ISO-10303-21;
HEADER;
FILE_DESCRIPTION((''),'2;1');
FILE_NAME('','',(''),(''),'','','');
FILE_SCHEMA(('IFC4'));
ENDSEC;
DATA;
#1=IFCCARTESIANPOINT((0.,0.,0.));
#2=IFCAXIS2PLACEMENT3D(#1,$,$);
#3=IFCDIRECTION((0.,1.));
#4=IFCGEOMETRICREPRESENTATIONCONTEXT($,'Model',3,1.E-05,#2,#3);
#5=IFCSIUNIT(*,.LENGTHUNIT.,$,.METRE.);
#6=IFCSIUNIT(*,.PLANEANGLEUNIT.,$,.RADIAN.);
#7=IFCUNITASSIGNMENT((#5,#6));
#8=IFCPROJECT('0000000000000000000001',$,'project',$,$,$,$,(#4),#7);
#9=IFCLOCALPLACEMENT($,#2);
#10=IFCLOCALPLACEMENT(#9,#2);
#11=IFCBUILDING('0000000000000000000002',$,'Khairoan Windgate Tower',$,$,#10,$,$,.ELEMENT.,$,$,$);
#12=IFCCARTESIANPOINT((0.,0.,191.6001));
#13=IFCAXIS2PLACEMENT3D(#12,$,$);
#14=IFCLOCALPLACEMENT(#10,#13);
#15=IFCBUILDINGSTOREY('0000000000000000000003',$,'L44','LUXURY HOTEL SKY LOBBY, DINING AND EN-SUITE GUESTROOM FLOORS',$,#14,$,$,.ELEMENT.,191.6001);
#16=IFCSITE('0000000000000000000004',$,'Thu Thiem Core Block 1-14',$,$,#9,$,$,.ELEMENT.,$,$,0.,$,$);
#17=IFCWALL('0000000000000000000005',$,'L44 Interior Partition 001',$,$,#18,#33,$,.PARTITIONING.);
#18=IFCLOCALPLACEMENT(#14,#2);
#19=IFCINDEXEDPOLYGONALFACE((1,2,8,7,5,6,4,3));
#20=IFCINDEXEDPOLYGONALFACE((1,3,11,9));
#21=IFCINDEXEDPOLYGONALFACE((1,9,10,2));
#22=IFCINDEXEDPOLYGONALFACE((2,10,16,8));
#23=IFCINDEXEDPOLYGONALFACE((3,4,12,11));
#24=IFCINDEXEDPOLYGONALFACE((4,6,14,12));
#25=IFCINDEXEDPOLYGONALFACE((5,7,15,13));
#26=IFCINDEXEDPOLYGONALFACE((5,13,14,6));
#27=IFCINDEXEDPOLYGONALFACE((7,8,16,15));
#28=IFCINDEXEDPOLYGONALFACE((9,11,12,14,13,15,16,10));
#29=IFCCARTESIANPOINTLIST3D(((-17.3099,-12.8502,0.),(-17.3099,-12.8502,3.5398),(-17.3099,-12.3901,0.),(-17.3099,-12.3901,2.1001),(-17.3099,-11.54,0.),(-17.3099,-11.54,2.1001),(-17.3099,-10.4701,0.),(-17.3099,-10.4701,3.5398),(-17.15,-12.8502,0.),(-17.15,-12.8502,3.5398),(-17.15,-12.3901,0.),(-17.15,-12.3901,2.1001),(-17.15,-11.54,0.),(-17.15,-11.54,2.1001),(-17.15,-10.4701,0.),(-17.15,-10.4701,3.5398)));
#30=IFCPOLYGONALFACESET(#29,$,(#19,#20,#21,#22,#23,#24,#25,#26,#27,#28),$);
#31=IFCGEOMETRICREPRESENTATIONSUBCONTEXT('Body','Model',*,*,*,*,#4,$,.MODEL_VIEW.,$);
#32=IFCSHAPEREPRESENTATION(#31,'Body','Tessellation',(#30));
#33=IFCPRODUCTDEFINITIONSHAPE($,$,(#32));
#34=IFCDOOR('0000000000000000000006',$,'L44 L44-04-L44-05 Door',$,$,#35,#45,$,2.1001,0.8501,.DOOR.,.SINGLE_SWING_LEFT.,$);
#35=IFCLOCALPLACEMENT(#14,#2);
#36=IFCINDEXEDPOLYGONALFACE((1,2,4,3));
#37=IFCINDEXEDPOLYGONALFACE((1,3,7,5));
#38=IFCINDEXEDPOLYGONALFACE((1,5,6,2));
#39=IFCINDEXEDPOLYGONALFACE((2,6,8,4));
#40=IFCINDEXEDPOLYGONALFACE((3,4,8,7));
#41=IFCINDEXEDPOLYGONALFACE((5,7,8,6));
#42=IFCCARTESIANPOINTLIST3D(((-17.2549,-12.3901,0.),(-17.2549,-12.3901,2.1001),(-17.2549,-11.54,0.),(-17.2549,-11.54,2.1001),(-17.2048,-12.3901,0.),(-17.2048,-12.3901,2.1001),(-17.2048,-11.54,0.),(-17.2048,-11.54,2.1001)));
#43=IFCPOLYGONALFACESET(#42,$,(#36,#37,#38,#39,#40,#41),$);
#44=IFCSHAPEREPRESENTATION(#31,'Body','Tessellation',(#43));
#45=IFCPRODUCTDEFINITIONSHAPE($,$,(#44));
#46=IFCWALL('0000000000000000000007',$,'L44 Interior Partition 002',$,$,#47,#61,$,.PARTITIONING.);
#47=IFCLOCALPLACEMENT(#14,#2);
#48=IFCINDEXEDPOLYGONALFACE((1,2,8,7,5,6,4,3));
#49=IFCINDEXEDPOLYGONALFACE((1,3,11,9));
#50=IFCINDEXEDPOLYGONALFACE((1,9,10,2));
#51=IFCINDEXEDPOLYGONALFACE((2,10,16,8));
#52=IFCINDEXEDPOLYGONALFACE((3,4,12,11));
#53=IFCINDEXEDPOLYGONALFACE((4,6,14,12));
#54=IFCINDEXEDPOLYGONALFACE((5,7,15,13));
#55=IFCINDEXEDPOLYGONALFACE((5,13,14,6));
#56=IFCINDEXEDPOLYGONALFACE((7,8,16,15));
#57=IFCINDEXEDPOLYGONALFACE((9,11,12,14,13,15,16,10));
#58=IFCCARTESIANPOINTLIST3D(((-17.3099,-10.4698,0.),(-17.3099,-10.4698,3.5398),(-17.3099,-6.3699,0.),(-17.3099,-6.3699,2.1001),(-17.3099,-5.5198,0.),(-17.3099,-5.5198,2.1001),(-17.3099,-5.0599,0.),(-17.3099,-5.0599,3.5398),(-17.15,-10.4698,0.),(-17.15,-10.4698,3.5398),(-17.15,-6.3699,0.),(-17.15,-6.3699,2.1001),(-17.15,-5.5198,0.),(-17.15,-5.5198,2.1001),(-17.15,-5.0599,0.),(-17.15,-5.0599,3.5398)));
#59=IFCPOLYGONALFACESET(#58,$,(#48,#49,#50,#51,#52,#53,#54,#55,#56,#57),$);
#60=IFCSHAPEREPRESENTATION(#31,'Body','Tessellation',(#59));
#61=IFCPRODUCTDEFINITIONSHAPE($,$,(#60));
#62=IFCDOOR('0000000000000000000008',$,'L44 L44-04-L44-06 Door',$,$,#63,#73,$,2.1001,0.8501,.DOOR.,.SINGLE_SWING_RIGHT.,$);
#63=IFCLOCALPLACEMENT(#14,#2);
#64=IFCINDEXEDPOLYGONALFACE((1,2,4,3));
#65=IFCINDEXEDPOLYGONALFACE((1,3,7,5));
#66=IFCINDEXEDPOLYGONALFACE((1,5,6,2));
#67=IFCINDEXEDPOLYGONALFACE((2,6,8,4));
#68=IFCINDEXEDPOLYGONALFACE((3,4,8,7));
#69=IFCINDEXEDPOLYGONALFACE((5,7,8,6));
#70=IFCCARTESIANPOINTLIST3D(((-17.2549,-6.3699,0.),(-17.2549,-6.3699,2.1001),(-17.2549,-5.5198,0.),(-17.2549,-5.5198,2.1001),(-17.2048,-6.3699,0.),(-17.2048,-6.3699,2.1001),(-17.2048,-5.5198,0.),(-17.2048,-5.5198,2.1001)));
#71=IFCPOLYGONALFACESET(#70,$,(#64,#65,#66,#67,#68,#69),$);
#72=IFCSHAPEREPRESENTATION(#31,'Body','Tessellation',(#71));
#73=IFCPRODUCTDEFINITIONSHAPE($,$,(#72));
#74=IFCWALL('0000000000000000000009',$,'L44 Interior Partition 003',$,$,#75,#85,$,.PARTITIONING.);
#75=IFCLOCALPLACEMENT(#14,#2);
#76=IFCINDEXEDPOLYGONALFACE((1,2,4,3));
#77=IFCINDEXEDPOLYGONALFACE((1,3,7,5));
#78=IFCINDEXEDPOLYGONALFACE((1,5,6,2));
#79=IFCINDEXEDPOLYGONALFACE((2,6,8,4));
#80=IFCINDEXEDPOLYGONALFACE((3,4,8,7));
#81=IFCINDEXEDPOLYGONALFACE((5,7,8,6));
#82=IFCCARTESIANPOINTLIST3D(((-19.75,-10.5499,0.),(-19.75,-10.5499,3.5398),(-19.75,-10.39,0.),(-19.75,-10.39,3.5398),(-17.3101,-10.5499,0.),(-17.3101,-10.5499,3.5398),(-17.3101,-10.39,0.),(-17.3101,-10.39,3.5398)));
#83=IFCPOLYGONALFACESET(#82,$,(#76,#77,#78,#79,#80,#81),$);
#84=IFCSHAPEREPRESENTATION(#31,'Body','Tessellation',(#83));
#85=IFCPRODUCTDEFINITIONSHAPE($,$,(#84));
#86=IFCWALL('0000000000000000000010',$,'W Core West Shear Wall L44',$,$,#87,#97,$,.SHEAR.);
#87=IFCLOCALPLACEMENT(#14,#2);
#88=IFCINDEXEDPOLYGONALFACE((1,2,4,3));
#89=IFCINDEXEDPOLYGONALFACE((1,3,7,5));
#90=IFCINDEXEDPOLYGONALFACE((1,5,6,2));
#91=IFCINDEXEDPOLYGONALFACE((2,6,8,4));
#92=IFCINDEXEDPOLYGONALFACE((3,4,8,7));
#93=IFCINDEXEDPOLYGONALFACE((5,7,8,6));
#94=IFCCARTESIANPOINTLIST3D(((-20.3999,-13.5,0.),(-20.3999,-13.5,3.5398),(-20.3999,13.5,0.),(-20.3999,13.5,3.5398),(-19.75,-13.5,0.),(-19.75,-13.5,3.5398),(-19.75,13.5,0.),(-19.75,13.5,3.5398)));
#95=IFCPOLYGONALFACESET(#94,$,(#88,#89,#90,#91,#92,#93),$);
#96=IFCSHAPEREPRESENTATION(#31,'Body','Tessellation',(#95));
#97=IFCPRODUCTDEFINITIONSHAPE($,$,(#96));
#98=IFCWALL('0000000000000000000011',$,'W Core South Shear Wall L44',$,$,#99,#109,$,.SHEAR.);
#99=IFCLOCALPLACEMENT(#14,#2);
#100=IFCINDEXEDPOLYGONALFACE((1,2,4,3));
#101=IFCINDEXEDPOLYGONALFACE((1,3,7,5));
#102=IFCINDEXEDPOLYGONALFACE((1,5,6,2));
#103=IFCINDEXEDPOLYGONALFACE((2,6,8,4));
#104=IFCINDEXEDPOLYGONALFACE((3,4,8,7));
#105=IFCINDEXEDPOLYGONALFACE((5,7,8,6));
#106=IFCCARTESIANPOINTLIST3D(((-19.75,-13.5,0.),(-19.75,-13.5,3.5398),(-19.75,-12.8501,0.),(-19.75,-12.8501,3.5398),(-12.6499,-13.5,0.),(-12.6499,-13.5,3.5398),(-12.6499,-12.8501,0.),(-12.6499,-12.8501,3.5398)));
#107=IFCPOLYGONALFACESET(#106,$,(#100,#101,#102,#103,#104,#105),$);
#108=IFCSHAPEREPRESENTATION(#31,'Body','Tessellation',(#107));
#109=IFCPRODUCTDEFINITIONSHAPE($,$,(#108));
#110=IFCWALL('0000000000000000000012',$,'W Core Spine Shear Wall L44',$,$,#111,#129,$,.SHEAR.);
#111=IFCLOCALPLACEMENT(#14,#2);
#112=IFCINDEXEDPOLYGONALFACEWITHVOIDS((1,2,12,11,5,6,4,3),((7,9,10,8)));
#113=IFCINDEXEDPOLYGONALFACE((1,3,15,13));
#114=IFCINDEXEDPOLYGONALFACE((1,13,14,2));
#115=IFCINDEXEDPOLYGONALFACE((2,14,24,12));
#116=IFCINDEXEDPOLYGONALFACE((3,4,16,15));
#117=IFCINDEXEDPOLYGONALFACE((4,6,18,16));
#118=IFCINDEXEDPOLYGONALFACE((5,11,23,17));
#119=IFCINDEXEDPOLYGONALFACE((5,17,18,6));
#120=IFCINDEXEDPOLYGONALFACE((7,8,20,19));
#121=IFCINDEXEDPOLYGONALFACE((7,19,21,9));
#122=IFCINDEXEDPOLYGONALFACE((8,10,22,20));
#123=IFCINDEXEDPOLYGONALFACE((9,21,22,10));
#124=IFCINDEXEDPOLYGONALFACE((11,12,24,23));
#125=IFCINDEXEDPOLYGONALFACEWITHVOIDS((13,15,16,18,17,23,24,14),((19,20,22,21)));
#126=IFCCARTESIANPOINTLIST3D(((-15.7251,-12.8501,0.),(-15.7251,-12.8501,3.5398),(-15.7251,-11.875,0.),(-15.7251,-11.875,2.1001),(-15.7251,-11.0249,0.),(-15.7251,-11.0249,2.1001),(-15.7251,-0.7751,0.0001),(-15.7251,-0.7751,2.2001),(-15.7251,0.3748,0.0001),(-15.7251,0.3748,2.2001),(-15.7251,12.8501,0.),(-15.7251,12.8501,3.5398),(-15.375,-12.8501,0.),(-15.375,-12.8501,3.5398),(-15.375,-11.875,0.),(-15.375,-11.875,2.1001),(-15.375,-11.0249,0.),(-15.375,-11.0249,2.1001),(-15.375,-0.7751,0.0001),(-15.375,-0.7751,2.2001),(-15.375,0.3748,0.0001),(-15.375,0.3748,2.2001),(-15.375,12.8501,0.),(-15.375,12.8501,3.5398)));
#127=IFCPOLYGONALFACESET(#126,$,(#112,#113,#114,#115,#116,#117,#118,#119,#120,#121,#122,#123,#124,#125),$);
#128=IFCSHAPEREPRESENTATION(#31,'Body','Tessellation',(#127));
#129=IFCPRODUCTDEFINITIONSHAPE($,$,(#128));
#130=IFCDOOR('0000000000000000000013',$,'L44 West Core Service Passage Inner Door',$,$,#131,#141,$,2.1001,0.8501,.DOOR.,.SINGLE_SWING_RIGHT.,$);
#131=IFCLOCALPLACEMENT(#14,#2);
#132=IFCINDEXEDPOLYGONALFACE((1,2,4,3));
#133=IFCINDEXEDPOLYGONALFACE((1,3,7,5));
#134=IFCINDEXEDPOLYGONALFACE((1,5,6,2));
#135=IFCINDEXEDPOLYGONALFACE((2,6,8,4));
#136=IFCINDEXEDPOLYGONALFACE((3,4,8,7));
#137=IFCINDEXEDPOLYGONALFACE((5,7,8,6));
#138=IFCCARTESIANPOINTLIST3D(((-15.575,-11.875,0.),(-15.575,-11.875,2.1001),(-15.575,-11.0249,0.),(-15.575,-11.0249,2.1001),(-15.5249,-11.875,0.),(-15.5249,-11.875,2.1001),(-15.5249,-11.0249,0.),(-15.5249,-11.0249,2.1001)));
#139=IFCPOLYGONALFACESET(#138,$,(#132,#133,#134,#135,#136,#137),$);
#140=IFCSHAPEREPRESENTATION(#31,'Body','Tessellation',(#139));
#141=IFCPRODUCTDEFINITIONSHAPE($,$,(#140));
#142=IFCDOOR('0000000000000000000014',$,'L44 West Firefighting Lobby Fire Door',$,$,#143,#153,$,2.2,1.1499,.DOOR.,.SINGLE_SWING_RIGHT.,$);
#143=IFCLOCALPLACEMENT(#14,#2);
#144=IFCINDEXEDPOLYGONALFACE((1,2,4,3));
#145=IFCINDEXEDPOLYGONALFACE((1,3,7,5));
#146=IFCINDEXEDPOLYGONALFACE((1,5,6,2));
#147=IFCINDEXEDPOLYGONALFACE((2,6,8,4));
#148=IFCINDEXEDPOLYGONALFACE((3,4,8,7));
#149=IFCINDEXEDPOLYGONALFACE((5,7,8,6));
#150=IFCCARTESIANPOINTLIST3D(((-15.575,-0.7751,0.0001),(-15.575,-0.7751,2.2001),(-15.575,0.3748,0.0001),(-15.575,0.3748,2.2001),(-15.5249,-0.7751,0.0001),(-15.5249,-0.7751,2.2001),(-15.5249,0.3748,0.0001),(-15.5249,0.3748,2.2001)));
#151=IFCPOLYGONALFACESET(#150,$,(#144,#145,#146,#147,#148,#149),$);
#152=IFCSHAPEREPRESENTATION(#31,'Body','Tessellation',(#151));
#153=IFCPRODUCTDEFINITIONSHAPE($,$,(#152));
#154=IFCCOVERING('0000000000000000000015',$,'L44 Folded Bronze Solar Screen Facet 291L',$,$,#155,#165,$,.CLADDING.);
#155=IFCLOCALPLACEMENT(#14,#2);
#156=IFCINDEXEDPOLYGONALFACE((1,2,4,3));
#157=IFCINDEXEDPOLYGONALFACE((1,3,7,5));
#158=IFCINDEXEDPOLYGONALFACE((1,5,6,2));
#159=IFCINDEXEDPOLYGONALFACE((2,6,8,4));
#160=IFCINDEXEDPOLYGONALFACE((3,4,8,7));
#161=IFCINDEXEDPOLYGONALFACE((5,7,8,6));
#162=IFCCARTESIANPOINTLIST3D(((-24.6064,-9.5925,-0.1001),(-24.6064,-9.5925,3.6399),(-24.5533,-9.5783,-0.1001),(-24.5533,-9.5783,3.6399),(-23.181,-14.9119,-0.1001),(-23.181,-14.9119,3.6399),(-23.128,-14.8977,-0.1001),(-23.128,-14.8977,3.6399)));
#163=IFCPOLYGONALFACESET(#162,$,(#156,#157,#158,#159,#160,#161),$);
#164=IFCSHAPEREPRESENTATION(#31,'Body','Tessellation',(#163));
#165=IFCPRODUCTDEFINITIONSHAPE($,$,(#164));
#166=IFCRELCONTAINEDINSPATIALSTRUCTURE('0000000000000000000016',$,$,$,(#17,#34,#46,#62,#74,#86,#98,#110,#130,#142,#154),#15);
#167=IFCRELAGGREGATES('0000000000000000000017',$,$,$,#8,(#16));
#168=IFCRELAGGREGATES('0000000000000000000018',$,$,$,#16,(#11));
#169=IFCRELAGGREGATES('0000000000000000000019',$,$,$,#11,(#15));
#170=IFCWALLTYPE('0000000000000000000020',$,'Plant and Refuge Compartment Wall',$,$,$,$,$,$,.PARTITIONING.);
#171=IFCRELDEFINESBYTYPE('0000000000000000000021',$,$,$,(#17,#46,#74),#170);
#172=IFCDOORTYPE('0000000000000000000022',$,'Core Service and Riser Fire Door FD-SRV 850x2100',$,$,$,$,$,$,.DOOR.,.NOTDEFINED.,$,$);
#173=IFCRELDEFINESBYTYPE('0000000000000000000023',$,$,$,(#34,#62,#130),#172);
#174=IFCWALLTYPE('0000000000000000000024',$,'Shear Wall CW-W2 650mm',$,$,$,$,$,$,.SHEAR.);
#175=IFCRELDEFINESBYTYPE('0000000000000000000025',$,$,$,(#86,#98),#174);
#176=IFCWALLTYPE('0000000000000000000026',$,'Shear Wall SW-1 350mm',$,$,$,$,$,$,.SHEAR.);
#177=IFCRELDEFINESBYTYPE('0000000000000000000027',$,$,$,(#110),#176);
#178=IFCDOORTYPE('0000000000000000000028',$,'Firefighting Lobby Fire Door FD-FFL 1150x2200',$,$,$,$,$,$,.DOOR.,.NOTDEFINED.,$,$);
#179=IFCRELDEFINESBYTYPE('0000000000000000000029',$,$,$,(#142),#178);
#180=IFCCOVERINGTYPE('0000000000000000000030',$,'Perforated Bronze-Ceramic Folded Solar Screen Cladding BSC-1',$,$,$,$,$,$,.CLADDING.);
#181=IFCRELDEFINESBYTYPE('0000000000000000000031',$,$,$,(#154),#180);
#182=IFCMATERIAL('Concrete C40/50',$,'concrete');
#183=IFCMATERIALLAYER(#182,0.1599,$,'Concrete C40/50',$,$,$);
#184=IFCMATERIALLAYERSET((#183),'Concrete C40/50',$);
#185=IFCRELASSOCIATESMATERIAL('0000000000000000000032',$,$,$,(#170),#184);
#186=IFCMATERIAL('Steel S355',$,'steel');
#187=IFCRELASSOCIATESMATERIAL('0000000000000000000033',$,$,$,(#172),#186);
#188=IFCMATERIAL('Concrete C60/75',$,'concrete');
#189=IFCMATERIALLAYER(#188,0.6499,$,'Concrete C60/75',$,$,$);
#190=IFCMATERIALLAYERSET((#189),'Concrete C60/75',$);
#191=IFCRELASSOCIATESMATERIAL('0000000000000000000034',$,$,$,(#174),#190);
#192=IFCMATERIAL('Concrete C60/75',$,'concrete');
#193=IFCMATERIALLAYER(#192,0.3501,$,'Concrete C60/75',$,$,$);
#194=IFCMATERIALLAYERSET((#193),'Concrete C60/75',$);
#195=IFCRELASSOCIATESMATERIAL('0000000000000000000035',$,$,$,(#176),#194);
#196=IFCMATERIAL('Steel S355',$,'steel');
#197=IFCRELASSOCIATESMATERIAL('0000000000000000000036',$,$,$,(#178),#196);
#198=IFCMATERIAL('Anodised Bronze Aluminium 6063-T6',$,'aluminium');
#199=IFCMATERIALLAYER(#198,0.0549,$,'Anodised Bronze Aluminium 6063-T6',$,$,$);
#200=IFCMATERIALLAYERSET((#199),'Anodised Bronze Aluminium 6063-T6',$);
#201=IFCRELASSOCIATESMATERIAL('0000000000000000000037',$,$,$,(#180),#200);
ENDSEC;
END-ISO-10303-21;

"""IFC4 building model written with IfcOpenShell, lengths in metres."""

from ifc_helpers import new_model, si_unit, direction, frame, frame_2d, origin, origin_2d, place, context, subcontext, project, spatial, rectangle, extrude, material, layer, layer_set, type_object, element, fill, save


model = new_model("IFC4")

# Units and contexts
model_context = context("Model", 3, precision=1e-05, world=origin(), true_north=direction((0.0, 1.0)))
body_context = subcontext(model_context, "Body", "Model", "MODEL_VIEW")
ifc_project = project(units=[si_unit("LENGTHUNIT", "METRE"), si_unit("PLANEANGLEUNIT", "RADIAN")], contexts=[model_context])

# Site, building, storey
site_placement = place(None, origin())
site = spatial("IfcSite", under=ifc_project, at=site_placement, Name="Thu Thiem Core Block 1-14", CompositionType="ELEMENT", RefElevation=0.0)
building_placement = place(site_placement, origin())
building = spatial("IfcBuilding", under=site, at=building_placement, Name="Khairoan Windgate Tower", CompositionType="ELEMENT")
storey_placement = place(building_placement, frame((0.0, 0.0, 191.6001)))
storey = spatial("IfcBuildingStorey", under=building, at=storey_placement, Name="L44", Description="LUXURY HOTEL SKY LOBBY, DINING AND EN-SUITE GUESTROOM FLOORS", CompositionType="ELEMENT", Elevation=191.6001)

# Walls, openings, doors
ifc_material_1 = material(Name="Concrete C40/50", Category="concrete")
ifc_layer_1 = layer(ifc_material_1, 0.1599, Name="Concrete C40/50")
ifc_layer_set_1 = layer_set([ifc_layer_1], Name="Concrete C40/50")
wall_type_1 = type_object("IfcWallType", Name="Plant and Refuge Compartment Wall", PredefinedType="PARTITIONING", material=ifc_layer_set_1)
wall_1_placement = place(storey_placement, frame((-17.23, -12.8501, 0.0), z_axis=(0.0, 0.0, 1.0), x_axis=(0.0, 1.0, 0.0)))
wall_1 = element("IfcWall", 1, at=wall_1_placement, inside=storey, type_object=wall_type_1, Name="L44 Interior Partition 001", PredefinedType="PARTITIONING", context=body_context, shape_type="SweptSolid", body=[
    extrude(rectangle(XDim=2.3801, YDim=0.1599, at=frame_2d((1.1899, 0.0))), origin(), (0.0, 0.0, 1.0), 3.5398),
])
opening_1_placement = place(wall_1_placement, frame((0.46, 0.0, 0.0)))
opening_1 = element("IfcOpeningElement", 2, at=opening_1_placement, cuts=wall_1, PredefinedType="OPENING", context=body_context, shape_type="SweptSolid", body=[
    extrude(rectangle(XDim=0.8501, YDim=2.1001, at=frame_2d((0.425, 1.05))), frame((0.0, 0.0898, 0.0), z_axis=(0.0, -1.0, 0.0), x_axis=(1.0, 0.0, 0.0)), (0.0, 0.0, 1.0), 0.1799),
])
ifc_material_2 = material(Name="Steel S355", Category="steel")
door_type_1 = type_object("IfcDoorType", Name="Core Service and Riser Fire Door FD-SRV 850x2100", OperationType="NOTDEFINED", PredefinedType="DOOR", material=ifc_material_2)
door_1_placement = place(opening_1_placement, origin())
door_1 = element("IfcDoor", 3, at=door_1_placement, inside=storey, type_object=door_type_1, Name="L44 L44-04-L44-05 Door", OperationType="SINGLE_SWING_LEFT", OverallHeight=2.1001, OverallWidth=0.8501, PredefinedType="DOOR", context=body_context, shape_type="SweptSolid", body=[
    extrude(rectangle(XDim=0.8501, YDim=2.1001, at=frame_2d((0.425, 1.05))), frame((0.0, 0.0249, 0.0), z_axis=(0.0, -1.0, 0.0), x_axis=(1.0, 0.0, 0.0)), (0.0, 0.0, 1.0), 0.05),
])
fill(opening_1, door_1)
wall_2_placement = place(storey_placement, frame((-17.23, -10.47, 0.0), z_axis=(0.0, 0.0, 1.0), x_axis=(0.0, 1.0, 0.0)))
wall_2 = element("IfcWall", 4, at=wall_2_placement, inside=storey, type_object=wall_type_1, Name="L44 Interior Partition 002", PredefinedType="PARTITIONING", context=body_context, shape_type="SweptSolid", body=[
    extrude(rectangle(XDim=5.4099, YDim=0.1599, at=frame_2d((2.7051, 0.0))), origin(), (0.0, 0.0, 1.0), 3.5398),
])
opening_2_placement = place(wall_2_placement, frame((4.1001, 0.0, 0.0)))
opening_2 = element("IfcOpeningElement", 5, at=opening_2_placement, cuts=wall_2, PredefinedType="OPENING", context=body_context, shape_type="SweptSolid", body=[
    extrude(rectangle(XDim=0.8501, YDim=2.1001, at=frame_2d((0.425, 1.05))), frame((0.0, 0.0898, 0.0), z_axis=(0.0, -1.0, 0.0), x_axis=(1.0, 0.0, 0.0)), (0.0, 0.0, 1.0), 0.1799),
])
door_2_placement = place(opening_2_placement, origin())
door_2 = element("IfcDoor", 6, at=door_2_placement, inside=storey, type_object=door_type_1, Name="L44 L44-04-L44-06 Door", OperationType="SINGLE_SWING_RIGHT", OverallHeight=2.1001, OverallWidth=0.8501, PredefinedType="DOOR", context=body_context, shape_type="SweptSolid", body=[
    extrude(rectangle(XDim=0.8501, YDim=2.1001, at=frame_2d((0.425, 1.05))), frame((0.0, 0.0249, 0.0), z_axis=(0.0, -1.0, 0.0), x_axis=(1.0, 0.0, 0.0)), (0.0, 0.0, 1.0), 0.05),
])
fill(opening_2, door_2)

# Walls
wall_3_placement = place(storey_placement, frame((-19.75, -10.47, 0.0), z_axis=(0.0, 0.0, 1.0), x_axis=(1.0, 0.0, 0.0)))
element("IfcWall", 7, at=wall_3_placement, inside=storey, type_object=wall_type_1, Name="L44 Interior Partition 003", PredefinedType="PARTITIONING", context=body_context, shape_type="SweptSolid", body=[
    extrude(rectangle(XDim=2.4399, YDim=0.1599, at=frame_2d((1.22, 0.0))), origin(), (0.0, 0.0, 1.0), 3.5398),
])
ifc_material_3 = material(Name="Concrete C60/75", Category="concrete")
ifc_layer_2 = layer(ifc_material_3, 0.6499, Name="Concrete C60/75")
ifc_layer_set_2 = layer_set([ifc_layer_2], Name="Concrete C60/75")
wall_type_2 = type_object("IfcWallType", Name="Shear Wall CW-W2 650mm", PredefinedType="SHEAR", material=ifc_layer_set_2)
wall_4_placement = place(storey_placement, frame((-20.075, -13.5, 0.0), z_axis=(0.0, 0.0, 1.0), x_axis=(0.0, 1.0, 0.0)))
element("IfcWall", 8, at=wall_4_placement, inside=storey, type_object=wall_type_2, Name="W Core West Shear Wall L44", PredefinedType="SHEAR", context=body_context, shape_type="SweptSolid", body=[
    extrude(rectangle(XDim=27.0, YDim=0.6499, at=frame_2d((13.5, 0.0))), origin(), (0.0, 0.0, 1.0), 3.5398),
])
wall_5_placement = place(storey_placement, frame((-19.75, -13.175, 0.0), z_axis=(0.0, 0.0, 1.0), x_axis=(1.0, 0.0, 0.0)))
element("IfcWall", 9, at=wall_5_placement, inside=storey, type_object=wall_type_2, Name="W Core South Shear Wall L44", PredefinedType="SHEAR", context=body_context, shape_type="SweptSolid", body=[
    extrude(rectangle(XDim=7.1001, YDim=0.6499, at=frame_2d((3.55, 0.0))), origin(), (0.0, 0.0, 1.0), 3.5398),
])

# Wall, openings, doors
ifc_material_4 = material(Name="Concrete C60/75", Category="concrete")
ifc_layer_3 = layer(ifc_material_4, 0.3501, Name="Concrete C60/75")
ifc_layer_set_3 = layer_set([ifc_layer_3], Name="Concrete C60/75")
wall_type_3 = type_object("IfcWallType", Name="Shear Wall SW-1 350mm", PredefinedType="SHEAR", material=ifc_layer_set_3)
wall_6_placement = place(storey_placement, frame((-15.55, -12.8501, 0.0), z_axis=(0.0, 0.0, 1.0), x_axis=(0.0, 1.0, 0.0)))
wall_6 = element("IfcWall", 10, at=wall_6_placement, inside=storey, type_object=wall_type_3, Name="W Core Spine Shear Wall L44", PredefinedType="SHEAR", context=body_context, shape_type="SweptSolid", body=[
    extrude(rectangle(XDim=25.7002, YDim=0.3501, at=frame_2d((12.8501, 0.0))), origin(), (0.0, 0.0, 1.0), 3.5398),
])
opening_3_placement = place(wall_6_placement, frame((12.075, 0.0, 0.0)))
opening_3 = element("IfcOpeningElement", 11, at=opening_3_placement, cuts=wall_6, PredefinedType="OPENING", context=body_context, shape_type="SweptSolid", body=[
    extrude(rectangle(XDim=1.1499, YDim=2.2, at=frame_2d((0.575, 1.1001))), frame((0.0, 0.1851, 0.0), z_axis=(0.0, -1.0, 0.0), x_axis=(1.0, 0.0, 0.0)), (0.0, 0.0, 1.0), 0.3701),
])
opening_4_placement = place(wall_6_placement, frame((0.9751, 0.0, 0.0)))
opening_4 = element("IfcOpeningElement", 12, at=opening_4_placement, cuts=wall_6, PredefinedType="OPENING", context=body_context, shape_type="SweptSolid", body=[
    extrude(rectangle(XDim=0.8501, YDim=2.1001, at=frame_2d((0.425, 1.05))), frame((0.0, 0.1851, 0.0), z_axis=(0.0, -1.0, 0.0), x_axis=(1.0, 0.0, 0.0)), (0.0, 0.0, 1.0), 0.3701),
])
door_3_placement = place(opening_4_placement, origin())
door_3 = element("IfcDoor", 13, at=door_3_placement, inside=storey, type_object=door_type_1, Name="L44 West Core Service Passage Inner Door", OperationType="SINGLE_SWING_RIGHT", OverallHeight=2.1001, OverallWidth=0.8501, PredefinedType="DOOR", context=body_context, shape_type="SweptSolid", body=[
    extrude(rectangle(XDim=0.8501, YDim=2.1001, at=frame_2d((0.425, 1.05))), frame((0.0, 0.0249, 0.0), z_axis=(0.0, -1.0, 0.0), x_axis=(1.0, 0.0, 0.0)), (0.0, 0.0, 1.0), 0.05),
])
fill(opening_4, door_3)
ifc_material_5 = material(Name="Steel S355", Category="steel")
door_type_2 = type_object("IfcDoorType", Name="Firefighting Lobby Fire Door FD-FFL 1150x2200", OperationType="NOTDEFINED", PredefinedType="DOOR", material=ifc_material_5)
door_4_placement = place(opening_3_placement, origin())
door_4 = element("IfcDoor", 14, at=door_4_placement, inside=storey, type_object=door_type_2, Name="L44 West Firefighting Lobby Fire Door", OperationType="SINGLE_SWING_RIGHT", OverallHeight=2.2, OverallWidth=1.1499, PredefinedType="DOOR", context=body_context, shape_type="SweptSolid", body=[
    extrude(rectangle(XDim=1.1499, YDim=2.2, at=frame_2d((0.575, 1.1001))), frame((0.0, 0.0249, 0.0), z_axis=(0.0, -1.0, 0.0), x_axis=(1.0, 0.0, 0.0)), (0.0, 0.0, 1.0), 0.05),
])
fill(opening_3, door_4)

# Covering
ifc_material_6 = material(Name="Anodised Bronze Aluminium 6063-T6", Category="aluminium")
ifc_layer_4 = layer(ifc_material_6, 0.0549, Name="Anodised Bronze Aluminium 6063-T6")
ifc_layer_set_4 = layer_set([ifc_layer_4], Name="Anodised Bronze Aluminium 6063-T6")
covering_type = type_object("IfcCoveringType", Name="Perforated Bronze-Ceramic Folded Solar Screen Cladding BSC-1", PredefinedType="CLADDING", material=ifc_layer_set_4)
covering_placement = place(storey_placement, frame((-23.8672, -12.2451, -0.1001), z_axis=(0.0, 0.0, 1.0), x_axis=(-0.258819, 0.965926, 0.0)))
element("IfcCovering", 15, at=covering_placement, inside=storey, type_object=covering_type, Name="L44 Folded Bronze Solar Screen Facet 291L", PredefinedType="CLADDING", context=body_context, shape_type="SweptSolid", body=[
    extrude(rectangle(XDim=5.5071, YDim=0.0549, at=origin_2d()), origin(), (0.0, 0.0, 1.0), 3.74),
])

save(model, "model.ifc")
